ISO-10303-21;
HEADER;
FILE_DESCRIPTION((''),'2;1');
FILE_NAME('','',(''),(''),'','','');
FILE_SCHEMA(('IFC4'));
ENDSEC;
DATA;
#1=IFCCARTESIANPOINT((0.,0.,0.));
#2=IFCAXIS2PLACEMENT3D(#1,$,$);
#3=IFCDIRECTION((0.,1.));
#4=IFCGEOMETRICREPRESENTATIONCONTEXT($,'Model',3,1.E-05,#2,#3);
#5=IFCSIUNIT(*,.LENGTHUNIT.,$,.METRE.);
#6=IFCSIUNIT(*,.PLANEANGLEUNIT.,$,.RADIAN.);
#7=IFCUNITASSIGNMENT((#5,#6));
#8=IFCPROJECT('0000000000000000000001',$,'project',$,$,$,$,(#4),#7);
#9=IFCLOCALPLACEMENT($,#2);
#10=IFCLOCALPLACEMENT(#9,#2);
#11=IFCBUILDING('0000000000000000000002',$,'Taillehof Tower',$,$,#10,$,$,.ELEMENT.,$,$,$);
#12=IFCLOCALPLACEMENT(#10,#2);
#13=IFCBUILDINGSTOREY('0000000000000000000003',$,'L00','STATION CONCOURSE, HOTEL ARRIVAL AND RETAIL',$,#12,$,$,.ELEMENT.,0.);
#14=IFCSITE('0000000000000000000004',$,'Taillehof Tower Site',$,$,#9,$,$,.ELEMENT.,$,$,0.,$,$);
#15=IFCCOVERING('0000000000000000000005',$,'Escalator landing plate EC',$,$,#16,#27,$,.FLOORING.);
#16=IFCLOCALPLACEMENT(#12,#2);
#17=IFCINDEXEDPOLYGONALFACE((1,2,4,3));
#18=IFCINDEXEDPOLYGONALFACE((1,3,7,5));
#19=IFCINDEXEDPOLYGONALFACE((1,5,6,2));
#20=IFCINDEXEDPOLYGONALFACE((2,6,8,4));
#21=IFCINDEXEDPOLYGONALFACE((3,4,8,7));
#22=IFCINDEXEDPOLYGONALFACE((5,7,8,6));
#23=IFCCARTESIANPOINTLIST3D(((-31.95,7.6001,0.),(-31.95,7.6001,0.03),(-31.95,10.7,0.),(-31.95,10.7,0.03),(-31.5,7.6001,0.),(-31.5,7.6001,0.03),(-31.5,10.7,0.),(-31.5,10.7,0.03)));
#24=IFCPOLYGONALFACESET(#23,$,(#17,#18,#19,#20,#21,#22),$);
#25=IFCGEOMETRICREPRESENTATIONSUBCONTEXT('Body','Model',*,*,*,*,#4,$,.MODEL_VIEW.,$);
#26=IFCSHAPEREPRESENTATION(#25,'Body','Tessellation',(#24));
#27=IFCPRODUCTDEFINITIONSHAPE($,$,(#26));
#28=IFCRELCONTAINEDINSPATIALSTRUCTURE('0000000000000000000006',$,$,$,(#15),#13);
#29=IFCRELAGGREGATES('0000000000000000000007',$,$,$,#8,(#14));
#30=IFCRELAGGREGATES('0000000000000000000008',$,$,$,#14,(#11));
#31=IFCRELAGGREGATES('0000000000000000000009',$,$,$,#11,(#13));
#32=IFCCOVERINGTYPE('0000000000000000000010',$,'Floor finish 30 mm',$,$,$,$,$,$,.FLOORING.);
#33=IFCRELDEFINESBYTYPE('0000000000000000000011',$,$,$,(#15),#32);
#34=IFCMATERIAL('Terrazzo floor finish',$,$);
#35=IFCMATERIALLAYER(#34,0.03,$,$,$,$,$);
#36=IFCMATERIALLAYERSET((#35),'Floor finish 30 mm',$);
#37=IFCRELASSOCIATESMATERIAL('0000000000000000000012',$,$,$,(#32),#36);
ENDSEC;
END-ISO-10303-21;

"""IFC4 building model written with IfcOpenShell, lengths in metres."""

from ifc_helpers import new_model, si_unit, direction, origin, place, context, subcontext, project, spatial, polyline, outline, extrude, material, layer, layer_set, type_object, element, save


model = new_model("IFC4")

# Units and contexts
model_context = context("Model", 3, precision=1e-05, world=origin(), true_north=direction((0.0, 1.0)))
body_context = subcontext(model_context, "Body", "Model", "MODEL_VIEW")
ifc_project = project(units=[si_unit("LENGTHUNIT", "METRE"), si_unit("PLANEANGLEUNIT", "RADIAN")], contexts=[model_context])

# Site, building, storey
site_placement = place(None, origin())
site = spatial("IfcSite", under=ifc_project, at=site_placement, Name="Taillehof Tower Site", CompositionType="ELEMENT", RefElevation=0.0)
building_placement = place(site_placement, origin())
building = spatial("IfcBuilding", under=site, at=building_placement, Name="Taillehof Tower", CompositionType="ELEMENT")
storey_placement = place(building_placement, origin())
storey = spatial("IfcBuildingStorey", under=building, at=storey_placement, Name="L00", Description="STATION CONCOURSE, HOTEL ARRIVAL AND RETAIL", CompositionType="ELEMENT", Elevation=0.0)

# Covering
ifc_material_1 = material(Name="Terrazzo floor finish")
ifc_layer_1 = layer(ifc_material_1, 0.03)
ifc_layer_set_1 = layer_set([ifc_layer_1], Name="Floor finish 30 mm")
covering_type_1 = type_object("IfcCoveringType", Name="Floor finish 30 mm", PredefinedType="FLOORING", material=ifc_layer_set_1)
covering_1_placement = place(storey_placement, origin())
element("IfcCovering", 1, at=covering_1_placement, inside=storey, type_object=covering_type_1, Name="Escalator landing plate EC", PredefinedType="FLOORING", context=body_context, shape_type="SweptSolid", body=[
    extrude(outline(polyline([(-31.95, 7.6001), (-31.5, 7.6001), (-31.5, 10.7), (-31.95, 10.7), (-31.95, 7.6001)])), origin(), (0.0, 0.0, 1.0), 0.03),
])

save(model, "model.ifc")
